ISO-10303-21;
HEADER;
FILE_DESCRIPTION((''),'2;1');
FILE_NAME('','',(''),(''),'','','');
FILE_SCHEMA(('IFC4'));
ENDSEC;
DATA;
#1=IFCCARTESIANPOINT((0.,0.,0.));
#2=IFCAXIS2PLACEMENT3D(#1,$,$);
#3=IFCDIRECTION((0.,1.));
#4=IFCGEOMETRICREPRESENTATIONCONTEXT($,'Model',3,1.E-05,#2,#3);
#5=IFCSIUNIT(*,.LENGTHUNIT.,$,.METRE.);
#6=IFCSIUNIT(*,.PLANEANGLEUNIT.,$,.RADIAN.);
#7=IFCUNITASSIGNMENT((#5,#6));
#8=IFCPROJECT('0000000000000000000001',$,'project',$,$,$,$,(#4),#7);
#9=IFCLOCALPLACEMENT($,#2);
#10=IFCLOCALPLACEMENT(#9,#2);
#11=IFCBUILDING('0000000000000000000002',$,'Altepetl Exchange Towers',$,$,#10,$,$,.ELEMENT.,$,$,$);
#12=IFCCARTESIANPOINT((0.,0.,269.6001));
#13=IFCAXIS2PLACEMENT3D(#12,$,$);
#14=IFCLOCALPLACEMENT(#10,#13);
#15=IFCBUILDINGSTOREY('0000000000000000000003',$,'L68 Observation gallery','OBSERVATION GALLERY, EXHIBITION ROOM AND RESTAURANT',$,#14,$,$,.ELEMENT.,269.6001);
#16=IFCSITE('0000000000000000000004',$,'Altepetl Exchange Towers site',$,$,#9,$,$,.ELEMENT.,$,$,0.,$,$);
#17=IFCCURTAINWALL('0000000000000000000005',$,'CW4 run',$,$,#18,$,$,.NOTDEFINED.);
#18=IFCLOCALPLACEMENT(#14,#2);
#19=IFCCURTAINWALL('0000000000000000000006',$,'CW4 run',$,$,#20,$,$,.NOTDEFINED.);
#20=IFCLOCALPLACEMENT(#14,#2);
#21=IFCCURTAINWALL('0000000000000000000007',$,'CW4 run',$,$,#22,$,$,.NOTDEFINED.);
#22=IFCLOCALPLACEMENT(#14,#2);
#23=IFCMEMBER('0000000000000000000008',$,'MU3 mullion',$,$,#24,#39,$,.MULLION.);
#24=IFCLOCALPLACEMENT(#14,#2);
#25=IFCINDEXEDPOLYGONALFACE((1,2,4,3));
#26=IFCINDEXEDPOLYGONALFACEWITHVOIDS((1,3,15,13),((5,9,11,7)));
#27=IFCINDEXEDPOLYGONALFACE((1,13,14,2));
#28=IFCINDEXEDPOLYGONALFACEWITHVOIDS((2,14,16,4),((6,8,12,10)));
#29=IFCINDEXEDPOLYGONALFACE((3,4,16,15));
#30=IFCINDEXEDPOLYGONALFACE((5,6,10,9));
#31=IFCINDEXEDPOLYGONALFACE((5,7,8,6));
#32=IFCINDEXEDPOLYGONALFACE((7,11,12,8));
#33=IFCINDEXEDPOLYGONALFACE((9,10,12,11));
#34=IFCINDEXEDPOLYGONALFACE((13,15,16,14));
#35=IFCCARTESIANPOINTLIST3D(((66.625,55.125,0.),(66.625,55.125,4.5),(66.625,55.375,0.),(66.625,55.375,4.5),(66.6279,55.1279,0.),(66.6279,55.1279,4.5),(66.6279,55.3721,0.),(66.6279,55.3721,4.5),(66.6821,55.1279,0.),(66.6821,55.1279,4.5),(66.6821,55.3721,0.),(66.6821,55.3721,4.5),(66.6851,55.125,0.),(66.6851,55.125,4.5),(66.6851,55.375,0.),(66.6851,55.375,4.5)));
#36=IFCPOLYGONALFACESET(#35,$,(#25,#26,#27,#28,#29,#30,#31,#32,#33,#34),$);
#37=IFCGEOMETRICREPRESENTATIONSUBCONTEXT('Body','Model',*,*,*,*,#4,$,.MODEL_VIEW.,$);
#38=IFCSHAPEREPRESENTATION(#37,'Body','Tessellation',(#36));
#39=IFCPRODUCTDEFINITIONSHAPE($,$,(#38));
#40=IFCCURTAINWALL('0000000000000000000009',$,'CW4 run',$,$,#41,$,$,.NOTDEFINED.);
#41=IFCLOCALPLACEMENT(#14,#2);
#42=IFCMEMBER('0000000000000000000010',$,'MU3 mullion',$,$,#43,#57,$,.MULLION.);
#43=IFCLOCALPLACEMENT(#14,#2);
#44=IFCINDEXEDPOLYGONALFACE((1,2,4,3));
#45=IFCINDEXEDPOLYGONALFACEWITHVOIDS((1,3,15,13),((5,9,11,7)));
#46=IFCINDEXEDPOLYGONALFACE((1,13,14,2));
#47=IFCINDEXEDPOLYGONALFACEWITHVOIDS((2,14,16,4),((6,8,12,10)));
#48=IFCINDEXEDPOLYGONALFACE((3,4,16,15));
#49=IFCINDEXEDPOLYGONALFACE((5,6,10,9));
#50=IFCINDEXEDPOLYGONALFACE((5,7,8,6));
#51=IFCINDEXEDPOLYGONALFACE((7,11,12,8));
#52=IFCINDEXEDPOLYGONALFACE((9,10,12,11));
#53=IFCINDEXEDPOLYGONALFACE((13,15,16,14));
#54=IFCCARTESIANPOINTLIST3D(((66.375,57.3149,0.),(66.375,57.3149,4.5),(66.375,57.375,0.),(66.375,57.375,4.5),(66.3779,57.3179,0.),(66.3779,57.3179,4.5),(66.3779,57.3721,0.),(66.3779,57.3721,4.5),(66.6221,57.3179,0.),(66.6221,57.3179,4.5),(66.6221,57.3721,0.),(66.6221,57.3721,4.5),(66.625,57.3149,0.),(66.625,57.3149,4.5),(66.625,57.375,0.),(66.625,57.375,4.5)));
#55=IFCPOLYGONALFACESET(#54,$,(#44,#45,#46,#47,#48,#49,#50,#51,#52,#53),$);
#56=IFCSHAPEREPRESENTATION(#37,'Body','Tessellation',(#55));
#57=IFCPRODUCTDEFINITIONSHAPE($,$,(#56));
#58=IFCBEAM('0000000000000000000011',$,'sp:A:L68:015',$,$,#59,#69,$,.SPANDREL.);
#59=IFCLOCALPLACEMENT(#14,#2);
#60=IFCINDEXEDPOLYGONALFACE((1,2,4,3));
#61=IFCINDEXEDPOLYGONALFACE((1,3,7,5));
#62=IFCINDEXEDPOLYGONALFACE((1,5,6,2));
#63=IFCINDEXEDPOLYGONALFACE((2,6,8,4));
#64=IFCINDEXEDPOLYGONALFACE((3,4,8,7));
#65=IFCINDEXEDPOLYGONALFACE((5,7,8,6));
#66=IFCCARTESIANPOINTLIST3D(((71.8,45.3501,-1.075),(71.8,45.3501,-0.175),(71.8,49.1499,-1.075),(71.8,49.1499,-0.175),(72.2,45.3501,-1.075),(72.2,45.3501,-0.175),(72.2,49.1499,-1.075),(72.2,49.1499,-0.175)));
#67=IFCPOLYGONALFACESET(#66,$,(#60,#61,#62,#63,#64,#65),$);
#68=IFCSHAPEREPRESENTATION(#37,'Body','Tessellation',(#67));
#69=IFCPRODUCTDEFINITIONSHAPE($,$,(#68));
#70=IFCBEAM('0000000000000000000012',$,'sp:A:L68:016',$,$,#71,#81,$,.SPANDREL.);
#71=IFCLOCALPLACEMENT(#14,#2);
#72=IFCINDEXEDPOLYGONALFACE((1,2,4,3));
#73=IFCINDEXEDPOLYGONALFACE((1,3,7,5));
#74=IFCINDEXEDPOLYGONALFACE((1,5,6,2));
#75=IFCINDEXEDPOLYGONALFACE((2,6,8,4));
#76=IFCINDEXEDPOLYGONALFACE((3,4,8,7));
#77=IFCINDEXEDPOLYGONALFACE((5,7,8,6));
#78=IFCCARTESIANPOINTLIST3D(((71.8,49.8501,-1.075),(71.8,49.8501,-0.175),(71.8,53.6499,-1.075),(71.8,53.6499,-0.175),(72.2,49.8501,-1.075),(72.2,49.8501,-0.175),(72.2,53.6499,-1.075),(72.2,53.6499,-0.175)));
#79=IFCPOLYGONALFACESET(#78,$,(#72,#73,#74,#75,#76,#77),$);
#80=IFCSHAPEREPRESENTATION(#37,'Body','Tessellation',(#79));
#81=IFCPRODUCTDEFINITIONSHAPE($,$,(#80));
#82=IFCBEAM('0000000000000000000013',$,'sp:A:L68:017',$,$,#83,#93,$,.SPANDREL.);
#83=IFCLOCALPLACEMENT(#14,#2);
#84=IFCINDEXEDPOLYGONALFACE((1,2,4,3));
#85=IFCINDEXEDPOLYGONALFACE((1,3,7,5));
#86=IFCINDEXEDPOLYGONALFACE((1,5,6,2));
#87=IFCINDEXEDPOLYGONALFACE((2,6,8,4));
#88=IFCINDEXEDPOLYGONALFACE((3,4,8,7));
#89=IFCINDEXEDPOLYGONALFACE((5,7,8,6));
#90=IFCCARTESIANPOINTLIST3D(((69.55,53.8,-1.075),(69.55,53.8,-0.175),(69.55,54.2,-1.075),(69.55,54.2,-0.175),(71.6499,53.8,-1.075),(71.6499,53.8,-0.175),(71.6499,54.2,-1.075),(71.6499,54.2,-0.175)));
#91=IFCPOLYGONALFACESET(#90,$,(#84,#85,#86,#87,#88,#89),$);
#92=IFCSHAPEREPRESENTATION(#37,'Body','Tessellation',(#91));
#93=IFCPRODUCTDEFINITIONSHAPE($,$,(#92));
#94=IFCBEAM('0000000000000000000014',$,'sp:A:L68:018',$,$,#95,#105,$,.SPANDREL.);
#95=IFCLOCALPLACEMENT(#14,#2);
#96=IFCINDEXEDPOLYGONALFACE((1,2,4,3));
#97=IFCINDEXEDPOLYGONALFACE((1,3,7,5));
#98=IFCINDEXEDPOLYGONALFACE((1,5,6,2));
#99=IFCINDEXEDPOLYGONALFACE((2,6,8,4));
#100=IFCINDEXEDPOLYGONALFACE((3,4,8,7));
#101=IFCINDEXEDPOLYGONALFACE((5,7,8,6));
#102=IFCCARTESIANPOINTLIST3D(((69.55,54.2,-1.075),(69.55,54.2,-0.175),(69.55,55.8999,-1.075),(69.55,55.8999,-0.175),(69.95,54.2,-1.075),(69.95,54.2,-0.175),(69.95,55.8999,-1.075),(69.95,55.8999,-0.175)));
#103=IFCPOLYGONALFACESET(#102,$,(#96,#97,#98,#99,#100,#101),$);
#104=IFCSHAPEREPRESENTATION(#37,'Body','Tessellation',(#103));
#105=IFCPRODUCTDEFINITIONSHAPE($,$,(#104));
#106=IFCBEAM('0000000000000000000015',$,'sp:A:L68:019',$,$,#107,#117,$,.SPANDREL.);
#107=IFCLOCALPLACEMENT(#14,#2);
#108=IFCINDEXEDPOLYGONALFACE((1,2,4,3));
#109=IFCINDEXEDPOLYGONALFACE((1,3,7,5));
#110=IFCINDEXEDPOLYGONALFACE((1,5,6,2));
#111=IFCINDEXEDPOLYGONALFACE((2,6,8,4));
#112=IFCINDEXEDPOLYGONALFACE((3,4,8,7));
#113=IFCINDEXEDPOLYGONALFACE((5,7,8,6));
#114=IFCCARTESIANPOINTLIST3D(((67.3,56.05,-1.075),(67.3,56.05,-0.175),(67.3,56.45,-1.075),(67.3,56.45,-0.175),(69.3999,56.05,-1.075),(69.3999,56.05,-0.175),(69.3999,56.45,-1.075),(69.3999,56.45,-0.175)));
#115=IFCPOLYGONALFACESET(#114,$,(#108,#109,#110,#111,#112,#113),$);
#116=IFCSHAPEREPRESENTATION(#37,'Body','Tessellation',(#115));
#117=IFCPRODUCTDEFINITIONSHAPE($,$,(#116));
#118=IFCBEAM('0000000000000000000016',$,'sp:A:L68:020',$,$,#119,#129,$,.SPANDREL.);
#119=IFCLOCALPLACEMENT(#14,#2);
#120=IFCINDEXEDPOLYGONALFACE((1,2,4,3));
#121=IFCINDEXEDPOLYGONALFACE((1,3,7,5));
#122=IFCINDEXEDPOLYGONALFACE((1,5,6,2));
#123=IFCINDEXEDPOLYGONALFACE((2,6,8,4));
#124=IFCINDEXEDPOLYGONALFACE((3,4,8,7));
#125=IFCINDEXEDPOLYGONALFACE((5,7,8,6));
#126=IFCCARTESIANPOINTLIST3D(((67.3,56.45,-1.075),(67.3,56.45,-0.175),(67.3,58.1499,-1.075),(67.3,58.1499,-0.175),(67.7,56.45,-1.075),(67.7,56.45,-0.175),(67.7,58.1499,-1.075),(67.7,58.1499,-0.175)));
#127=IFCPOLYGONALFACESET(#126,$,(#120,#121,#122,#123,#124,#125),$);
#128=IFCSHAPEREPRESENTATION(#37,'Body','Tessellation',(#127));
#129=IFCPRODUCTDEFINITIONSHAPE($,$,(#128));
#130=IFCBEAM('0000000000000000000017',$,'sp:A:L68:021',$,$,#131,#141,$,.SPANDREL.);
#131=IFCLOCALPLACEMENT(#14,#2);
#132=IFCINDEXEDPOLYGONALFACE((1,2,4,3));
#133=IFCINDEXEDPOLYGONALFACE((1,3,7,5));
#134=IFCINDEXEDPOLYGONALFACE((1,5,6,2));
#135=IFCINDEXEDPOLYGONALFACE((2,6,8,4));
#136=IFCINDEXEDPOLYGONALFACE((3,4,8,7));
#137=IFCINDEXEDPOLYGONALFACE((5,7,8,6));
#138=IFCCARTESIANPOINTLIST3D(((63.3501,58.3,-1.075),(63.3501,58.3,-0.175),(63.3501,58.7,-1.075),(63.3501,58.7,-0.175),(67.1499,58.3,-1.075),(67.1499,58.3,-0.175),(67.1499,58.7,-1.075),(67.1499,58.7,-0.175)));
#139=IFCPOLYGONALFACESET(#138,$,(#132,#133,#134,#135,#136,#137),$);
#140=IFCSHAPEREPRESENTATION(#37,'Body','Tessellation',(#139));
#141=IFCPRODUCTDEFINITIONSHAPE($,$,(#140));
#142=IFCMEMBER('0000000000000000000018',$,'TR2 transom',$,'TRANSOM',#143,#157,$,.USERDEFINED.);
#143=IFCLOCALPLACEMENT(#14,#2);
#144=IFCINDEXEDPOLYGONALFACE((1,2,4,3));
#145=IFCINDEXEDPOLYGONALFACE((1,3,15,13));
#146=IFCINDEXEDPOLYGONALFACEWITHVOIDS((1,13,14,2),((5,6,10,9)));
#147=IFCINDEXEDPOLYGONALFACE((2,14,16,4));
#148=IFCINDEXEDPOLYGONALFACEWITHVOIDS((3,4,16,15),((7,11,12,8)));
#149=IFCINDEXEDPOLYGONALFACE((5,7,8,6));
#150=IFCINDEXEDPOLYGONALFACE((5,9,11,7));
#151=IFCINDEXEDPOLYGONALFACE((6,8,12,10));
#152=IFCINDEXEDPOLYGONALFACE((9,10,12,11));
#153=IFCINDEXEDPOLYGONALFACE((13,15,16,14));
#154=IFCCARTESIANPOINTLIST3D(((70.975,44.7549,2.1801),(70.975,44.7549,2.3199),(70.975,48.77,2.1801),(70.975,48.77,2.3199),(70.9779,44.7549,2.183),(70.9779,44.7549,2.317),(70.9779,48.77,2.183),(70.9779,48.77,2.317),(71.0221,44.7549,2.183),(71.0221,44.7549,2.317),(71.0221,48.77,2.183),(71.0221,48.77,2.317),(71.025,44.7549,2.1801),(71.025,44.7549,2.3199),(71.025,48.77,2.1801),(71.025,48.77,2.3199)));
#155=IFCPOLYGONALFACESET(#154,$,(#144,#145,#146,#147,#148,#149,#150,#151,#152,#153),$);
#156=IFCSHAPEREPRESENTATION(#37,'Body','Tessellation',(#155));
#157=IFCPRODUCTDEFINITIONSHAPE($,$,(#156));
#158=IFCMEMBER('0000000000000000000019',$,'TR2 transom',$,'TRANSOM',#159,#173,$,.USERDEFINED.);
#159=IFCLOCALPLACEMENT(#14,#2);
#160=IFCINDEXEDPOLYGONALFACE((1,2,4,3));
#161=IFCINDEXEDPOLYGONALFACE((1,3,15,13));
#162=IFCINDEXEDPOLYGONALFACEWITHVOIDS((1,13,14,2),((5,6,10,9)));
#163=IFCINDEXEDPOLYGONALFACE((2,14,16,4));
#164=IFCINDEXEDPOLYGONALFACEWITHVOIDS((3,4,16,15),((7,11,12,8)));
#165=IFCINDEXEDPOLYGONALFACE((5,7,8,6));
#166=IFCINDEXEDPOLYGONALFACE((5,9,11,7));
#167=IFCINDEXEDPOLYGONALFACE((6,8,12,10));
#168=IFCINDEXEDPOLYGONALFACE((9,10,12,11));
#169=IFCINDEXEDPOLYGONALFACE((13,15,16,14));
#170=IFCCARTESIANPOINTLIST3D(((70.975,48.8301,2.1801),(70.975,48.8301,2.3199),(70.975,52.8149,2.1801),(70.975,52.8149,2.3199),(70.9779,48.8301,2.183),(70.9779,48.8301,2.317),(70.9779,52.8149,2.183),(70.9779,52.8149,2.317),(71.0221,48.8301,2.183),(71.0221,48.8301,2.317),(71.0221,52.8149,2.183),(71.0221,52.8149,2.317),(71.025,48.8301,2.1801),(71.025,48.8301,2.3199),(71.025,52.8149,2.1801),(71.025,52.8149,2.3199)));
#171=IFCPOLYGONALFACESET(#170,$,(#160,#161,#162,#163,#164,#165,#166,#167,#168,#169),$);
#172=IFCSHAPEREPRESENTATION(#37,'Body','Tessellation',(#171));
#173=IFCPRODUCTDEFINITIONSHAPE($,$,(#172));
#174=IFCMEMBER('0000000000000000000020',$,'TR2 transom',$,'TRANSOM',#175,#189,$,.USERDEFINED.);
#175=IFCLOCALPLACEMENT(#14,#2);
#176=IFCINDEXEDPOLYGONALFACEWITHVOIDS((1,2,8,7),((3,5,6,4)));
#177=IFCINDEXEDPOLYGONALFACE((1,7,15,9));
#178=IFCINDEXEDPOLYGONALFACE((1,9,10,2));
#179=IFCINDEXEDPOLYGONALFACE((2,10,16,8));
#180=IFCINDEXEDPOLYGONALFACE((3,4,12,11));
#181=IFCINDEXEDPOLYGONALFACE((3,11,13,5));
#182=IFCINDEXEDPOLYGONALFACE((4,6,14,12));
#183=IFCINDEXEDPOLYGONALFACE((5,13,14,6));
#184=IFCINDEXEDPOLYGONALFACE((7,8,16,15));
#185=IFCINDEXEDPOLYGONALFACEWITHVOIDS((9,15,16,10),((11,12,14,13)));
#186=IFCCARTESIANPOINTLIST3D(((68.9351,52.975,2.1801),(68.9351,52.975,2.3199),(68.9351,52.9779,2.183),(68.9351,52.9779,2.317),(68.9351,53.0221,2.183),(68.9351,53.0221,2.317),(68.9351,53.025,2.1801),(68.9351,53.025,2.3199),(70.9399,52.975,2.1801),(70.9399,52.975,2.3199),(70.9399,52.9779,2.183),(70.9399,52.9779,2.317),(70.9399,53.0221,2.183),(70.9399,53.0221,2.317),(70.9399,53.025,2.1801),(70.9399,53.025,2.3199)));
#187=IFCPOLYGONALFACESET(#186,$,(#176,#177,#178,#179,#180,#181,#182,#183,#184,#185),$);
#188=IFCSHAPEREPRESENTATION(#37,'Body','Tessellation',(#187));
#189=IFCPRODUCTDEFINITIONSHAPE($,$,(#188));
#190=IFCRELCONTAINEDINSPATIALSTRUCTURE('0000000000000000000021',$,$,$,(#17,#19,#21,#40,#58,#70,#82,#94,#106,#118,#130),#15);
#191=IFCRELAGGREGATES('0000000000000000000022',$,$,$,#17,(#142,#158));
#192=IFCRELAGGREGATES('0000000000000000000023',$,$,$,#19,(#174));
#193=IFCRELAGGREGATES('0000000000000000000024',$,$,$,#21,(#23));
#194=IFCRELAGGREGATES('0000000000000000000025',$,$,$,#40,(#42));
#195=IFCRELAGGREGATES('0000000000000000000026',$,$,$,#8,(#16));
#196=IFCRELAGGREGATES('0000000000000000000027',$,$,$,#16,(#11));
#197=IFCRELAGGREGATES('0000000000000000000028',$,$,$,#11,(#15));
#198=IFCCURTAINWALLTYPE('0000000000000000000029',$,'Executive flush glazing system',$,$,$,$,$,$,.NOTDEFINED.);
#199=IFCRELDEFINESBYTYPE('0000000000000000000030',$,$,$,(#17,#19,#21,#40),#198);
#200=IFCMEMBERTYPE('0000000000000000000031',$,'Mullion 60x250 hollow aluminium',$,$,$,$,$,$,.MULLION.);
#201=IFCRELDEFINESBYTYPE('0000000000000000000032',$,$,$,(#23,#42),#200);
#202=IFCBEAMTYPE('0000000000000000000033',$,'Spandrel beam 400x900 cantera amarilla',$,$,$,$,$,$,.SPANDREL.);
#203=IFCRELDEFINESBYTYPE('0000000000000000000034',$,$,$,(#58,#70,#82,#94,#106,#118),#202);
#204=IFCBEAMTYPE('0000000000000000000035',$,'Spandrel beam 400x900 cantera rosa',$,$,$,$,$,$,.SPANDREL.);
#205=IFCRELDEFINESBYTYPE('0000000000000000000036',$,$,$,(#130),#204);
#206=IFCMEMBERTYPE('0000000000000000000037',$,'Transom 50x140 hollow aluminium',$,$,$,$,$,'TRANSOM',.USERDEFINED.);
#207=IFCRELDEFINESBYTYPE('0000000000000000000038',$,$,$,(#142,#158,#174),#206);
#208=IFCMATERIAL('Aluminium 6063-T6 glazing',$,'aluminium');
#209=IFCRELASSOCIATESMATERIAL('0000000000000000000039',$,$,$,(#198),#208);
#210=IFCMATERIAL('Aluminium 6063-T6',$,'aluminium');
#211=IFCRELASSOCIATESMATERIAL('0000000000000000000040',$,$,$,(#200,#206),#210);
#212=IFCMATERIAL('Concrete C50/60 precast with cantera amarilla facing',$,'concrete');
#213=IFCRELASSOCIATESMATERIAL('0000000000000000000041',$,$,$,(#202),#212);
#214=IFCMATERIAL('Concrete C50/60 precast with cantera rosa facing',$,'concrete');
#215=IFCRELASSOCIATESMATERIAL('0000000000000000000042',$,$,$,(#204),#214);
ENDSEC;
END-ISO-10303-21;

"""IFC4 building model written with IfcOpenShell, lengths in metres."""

from ifc_helpers import new_model, si_unit, direction, frame, origin, origin_2d, place, context, subcontext, project, spatial, rectangle, hollow_rectangle, extrude, material, material_profile, profile_set, type_object, element, aggregate, save


model = new_model("IFC4")

# Units and contexts
model_context = context("Model", 3, precision=1e-05, world=origin(), true_north=direction((0.0, 1.0)))
body_context = subcontext(model_context, "Body", "Model", "MODEL_VIEW")
ifc_project = project(units=[si_unit("LENGTHUNIT", "METRE"), si_unit("PLANEANGLEUNIT", "RADIAN")], contexts=[model_context])

# Site, building, storey
site_placement = place(None, origin())
site = spatial("IfcSite", under=ifc_project, at=site_placement, Name="Altepetl Exchange Towers site", CompositionType="ELEMENT", RefElevation=0.0)
building_placement = place(site_placement, origin())
building = spatial("IfcBuilding", under=site, at=building_placement, Name="Altepetl Exchange Towers", CompositionType="ELEMENT")
storey_placement = place(building_placement, frame((0.0, 0.0, 269.6001)))
storey = spatial("IfcBuildingStorey", under=building, at=storey_placement, Name="L68 Observation gallery", Description="OBSERVATION GALLERY, EXHIBITION ROOM AND RESTAURANT", CompositionType="ELEMENT", Elevation=269.6001)

# Curtain walls, member
ifc_material_1 = material(Name="Aluminium 6063-T6 glazing", Category="aluminium")
curtain_wall_type = type_object("IfcCurtainWallType", Name="Executive flush glazing system", PredefinedType="NOTDEFINED", material=ifc_material_1)
curtain_wall_1_placement = place(storey_placement, origin())
curtain_wall_1 = element("IfcCurtainWall", 1, at=curtain_wall_1_placement, inside=storey, type_object=curtain_wall_type, Name="CW4 run", PredefinedType="NOTDEFINED")
ifc_material_2 = material(Name="Aluminium 6063-T6", Category="aluminium")
ifc_material_profile_1 = material_profile(ifc_material_2, hollow_rectangle(XDim=0.0601, YDim=0.25, WallThickness=0.0029, at=origin_2d()), Name="Mullion 60x250 hollow aluminium")
ifc_profile_set_1 = profile_set([ifc_material_profile_1], Name="Aluminium 6063-T6")
member_type_1 = type_object("IfcMemberType", Name="Mullion 60x250 hollow aluminium", PredefinedType="MULLION", material=ifc_profile_set_1)
curtain_wall_2_placement = place(storey_placement, origin())
curtain_wall_2 = element("IfcCurtainWall", 2, at=curtain_wall_2_placement, inside=storey, type_object=curtain_wall_type, Name="CW4 run", PredefinedType="NOTDEFINED")
curtain_wall_3_placement = place(storey_placement, origin())
curtain_wall_3 = element("IfcCurtainWall", 3, at=curtain_wall_3_placement, inside=storey, type_object=curtain_wall_type, Name="CW4 run", PredefinedType="NOTDEFINED")
member_1_placement = place(storey_placement, frame((66.655, 55.25, 0.0), z_axis=(0.0, 0.0, 1.0), x_axis=(-1.0, 0.0, 0.0)))
member_1 = element("IfcMember", 4, at=member_1_placement, type_object=member_type_1, Name="MU3 mullion", PredefinedType="MULLION", context=body_context, shape_type="SweptSolid", body=[
    extrude(hollow_rectangle(XDim=0.0601, YDim=0.25, WallThickness=0.0029, at=origin_2d()), origin(), (0.0, 0.0, 1.0), 4.5),
])

# Curtain wall, member
curtain_wall_4_placement = place(storey_placement, origin())
curtain_wall_4 = element("IfcCurtainWall", 5, at=curtain_wall_4_placement, inside=storey, type_object=curtain_wall_type, Name="CW4 run", PredefinedType="NOTDEFINED")
member_2_placement = place(storey_placement, frame((66.5, 57.345, 0.0), z_axis=(0.0, 0.0, 1.0), x_axis=(0.0, 1.0, 0.0)))
member_2 = element("IfcMember", 6, at=member_2_placement, type_object=member_type_1, Name="MU3 mullion", PredefinedType="MULLION", context=body_context, shape_type="SweptSolid", body=[
    extrude(hollow_rectangle(XDim=0.0601, YDim=0.25, WallThickness=0.0029, at=origin_2d()), origin(), (0.0, 0.0, 1.0), 4.5),
])

# Beams
ifc_material_3 = material(Name="Concrete C50/60 precast with cantera amarilla facing", Category="concrete")
ifc_material_profile_2 = material_profile(ifc_material_3, rectangle(XDim=0.3999, YDim=0.8999, at=origin_2d()), Name="400 x 900")
ifc_profile_set_2 = profile_set([ifc_material_profile_2], Name="Concrete C50/60 precast with cantera amarilla facing")
beam_type_1 = type_object("IfcBeamType", Name="Spandrel beam 400x900 cantera amarilla", PredefinedType="SPANDREL", material=ifc_profile_set_2)
for number, where, z_axis, x_axis, name in (
    (7, (72.0, 45.3501, -0.625), (0.0, 1.0, 0.0), (-1.0, 0.0, 0.0), "sp:A:L68:015"),
    (8, (72.0, 49.8501, -0.625), (0.0, 1.0, 0.0), (-1.0, 0.0, 0.0), "sp:A:L68:016"),
):
    element("IfcBeam", number, at=place(storey_placement, frame(where, z_axis=z_axis, x_axis=x_axis)), inside=storey, type_object=beam_type_1, Name=name, PredefinedType="SPANDREL", context=body_context, shape_type="SweptSolid", body=[
        extrude(rectangle(XDim=0.3999, YDim=0.8999, at=origin_2d()), origin(), (0.0, 0.0, 1.0), 3.7998),
    ])
beam_1_placement = place(storey_placement, frame((71.6499, 54.0, -0.625), z_axis=(-1.0, 0.0, 0.0), x_axis=(0.0, -1.0, 0.0)))
element("IfcBeam", 9, at=beam_1_placement, inside=storey, type_object=beam_type_1, Name="sp:A:L68:017", PredefinedType="SPANDREL", context=body_context, shape_type="SweptSolid", body=[
    extrude(rectangle(XDim=0.3999, YDim=0.8999, at=origin_2d()), origin(), (0.0, 0.0, 1.0), 2.0999),
])
beam_2_placement = place(storey_placement, frame((69.75, 54.2, -0.625), z_axis=(0.0, 1.0, 0.0), x_axis=(-1.0, 0.0, 0.0)))
element("IfcBeam", 10, at=beam_2_placement, inside=storey, type_object=beam_type_1, Name="sp:A:L68:018", PredefinedType="SPANDREL", context=body_context, shape_type="SweptSolid", body=[
    extrude(rectangle(XDim=0.3999, YDim=0.8999, at=origin_2d()), origin(), (0.0, 0.0, 1.0), 1.7),
])
beam_3_placement = place(storey_placement, frame((69.3999, 56.25, -0.625), z_axis=(-1.0, 0.0, 0.0), x_axis=(0.0, -1.0, 0.0)))
element("IfcBeam", 11, at=beam_3_placement, inside=storey, type_object=beam_type_1, Name="sp:A:L68:019", PredefinedType="SPANDREL", context=body_context, shape_type="SweptSolid", body=[
    extrude(rectangle(XDim=0.3999, YDim=0.8999, at=origin_2d()), origin(), (0.0, 0.0, 1.0), 2.0999),
])
beam_4_placement = place(storey_placement, frame((67.5, 56.45, -0.625), z_axis=(0.0, 1.0, 0.0), x_axis=(-1.0, 0.0, 0.0)))
element("IfcBeam", 12, at=beam_4_placement, inside=storey, type_object=beam_type_1, Name="sp:A:L68:020", PredefinedType="SPANDREL", context=body_context, shape_type="SweptSolid", body=[
    extrude(rectangle(XDim=0.3999, YDim=0.8999, at=origin_2d()), origin(), (0.0, 0.0, 1.0), 1.7),
])
ifc_material_4 = material(Name="Concrete C50/60 precast with cantera rosa facing", Category="concrete")
ifc_material_profile_3 = material_profile(ifc_material_4, rectangle(XDim=0.3999, YDim=0.8999, at=origin_2d()), Name="400 x 900")
ifc_profile_set_3 = profile_set([ifc_material_profile_3], Name="Concrete C50/60 precast with cantera rosa facing")
beam_type_2 = type_object("IfcBeamType", Name="Spandrel beam 400x900 cantera rosa", PredefinedType="SPANDREL", material=ifc_profile_set_3)
beam_5_placement = place(storey_placement, frame((67.1499, 58.5, -0.625), z_axis=(-1.0, 0.0, 0.0), x_axis=(0.0, -1.0, 0.0)))
element("IfcBeam", 13, at=beam_5_placement, inside=storey, type_object=beam_type_2, Name="sp:A:L68:021", PredefinedType="SPANDREL", context=body_context, shape_type="SweptSolid", body=[
    extrude(rectangle(XDim=0.3999, YDim=0.8999, at=origin_2d()), origin(), (0.0, 0.0, 1.0), 3.7998),
])

# Members
ifc_material_profile_4 = material_profile(ifc_material_2, hollow_rectangle(XDim=0.05, YDim=0.1399, WallThickness=0.0029, at=origin_2d()), Name="Transom 50x140 hollow aluminium")
ifc_profile_set_4 = profile_set([ifc_material_profile_4], Name="Aluminium 6063-T6")
member_type_2 = type_object("IfcMemberType", Name="Transom 50x140 hollow aluminium", ElementType="TRANSOM", PredefinedType="USERDEFINED", material=ifc_profile_set_4)
member_3_placement = place(storey_placement, frame((71.0, 44.7549, 2.25), z_axis=(0.0, 1.0, 0.0), x_axis=(-1.0, 0.0, 0.0)))
member_3 = element("IfcMember", 14, at=member_3_placement, type_object=member_type_2, Name="TR2 transom", ObjectType="TRANSOM", PredefinedType="USERDEFINED", context=body_context, shape_type="SweptSolid", body=[
    extrude(hollow_rectangle(XDim=0.05, YDim=0.1399, WallThickness=0.0029, at=origin_2d()), origin(), (0.0, 0.0, 1.0), 4.0151),
])
member_4_placement = place(storey_placement, frame((71.0, 48.8301, 2.25), z_axis=(0.0, 1.0, 0.0), x_axis=(-1.0, 0.0, 0.0)))
member_4 = element("IfcMember", 15, at=member_4_placement, type_object=member_type_2, Name="TR2 transom", ObjectType="TRANSOM", PredefinedType="USERDEFINED", context=body_context, shape_type="SweptSolid", body=[
    extrude(hollow_rectangle(XDim=0.05, YDim=0.1399, WallThickness=0.0029, at=origin_2d()), origin(), (0.0, 0.0, 1.0), 3.9849),
])
member_5_placement = place(storey_placement, frame((70.9399, 53.0, 2.25), z_axis=(-1.0, 0.0, 0.0), x_axis=(0.0, -1.0, 0.0)))
member_5 = element("IfcMember", 16, at=member_5_placement, type_object=member_type_2, Name="TR2 transom", ObjectType="TRANSOM", PredefinedType="USERDEFINED", context=body_context, shape_type="SweptSolid", body=[
    extrude(hollow_rectangle(XDim=0.05, YDim=0.1399, WallThickness=0.0029, at=origin_2d()), origin(), (0.0, 0.0, 1.0), 2.0049),
])

aggregate(curtain_wall_1, [member_3, member_4])
aggregate(curtain_wall_2, [member_5])
aggregate(curtain_wall_3, [member_1])
aggregate(curtain_wall_4, [member_2])

save(model, "model.ifc")
